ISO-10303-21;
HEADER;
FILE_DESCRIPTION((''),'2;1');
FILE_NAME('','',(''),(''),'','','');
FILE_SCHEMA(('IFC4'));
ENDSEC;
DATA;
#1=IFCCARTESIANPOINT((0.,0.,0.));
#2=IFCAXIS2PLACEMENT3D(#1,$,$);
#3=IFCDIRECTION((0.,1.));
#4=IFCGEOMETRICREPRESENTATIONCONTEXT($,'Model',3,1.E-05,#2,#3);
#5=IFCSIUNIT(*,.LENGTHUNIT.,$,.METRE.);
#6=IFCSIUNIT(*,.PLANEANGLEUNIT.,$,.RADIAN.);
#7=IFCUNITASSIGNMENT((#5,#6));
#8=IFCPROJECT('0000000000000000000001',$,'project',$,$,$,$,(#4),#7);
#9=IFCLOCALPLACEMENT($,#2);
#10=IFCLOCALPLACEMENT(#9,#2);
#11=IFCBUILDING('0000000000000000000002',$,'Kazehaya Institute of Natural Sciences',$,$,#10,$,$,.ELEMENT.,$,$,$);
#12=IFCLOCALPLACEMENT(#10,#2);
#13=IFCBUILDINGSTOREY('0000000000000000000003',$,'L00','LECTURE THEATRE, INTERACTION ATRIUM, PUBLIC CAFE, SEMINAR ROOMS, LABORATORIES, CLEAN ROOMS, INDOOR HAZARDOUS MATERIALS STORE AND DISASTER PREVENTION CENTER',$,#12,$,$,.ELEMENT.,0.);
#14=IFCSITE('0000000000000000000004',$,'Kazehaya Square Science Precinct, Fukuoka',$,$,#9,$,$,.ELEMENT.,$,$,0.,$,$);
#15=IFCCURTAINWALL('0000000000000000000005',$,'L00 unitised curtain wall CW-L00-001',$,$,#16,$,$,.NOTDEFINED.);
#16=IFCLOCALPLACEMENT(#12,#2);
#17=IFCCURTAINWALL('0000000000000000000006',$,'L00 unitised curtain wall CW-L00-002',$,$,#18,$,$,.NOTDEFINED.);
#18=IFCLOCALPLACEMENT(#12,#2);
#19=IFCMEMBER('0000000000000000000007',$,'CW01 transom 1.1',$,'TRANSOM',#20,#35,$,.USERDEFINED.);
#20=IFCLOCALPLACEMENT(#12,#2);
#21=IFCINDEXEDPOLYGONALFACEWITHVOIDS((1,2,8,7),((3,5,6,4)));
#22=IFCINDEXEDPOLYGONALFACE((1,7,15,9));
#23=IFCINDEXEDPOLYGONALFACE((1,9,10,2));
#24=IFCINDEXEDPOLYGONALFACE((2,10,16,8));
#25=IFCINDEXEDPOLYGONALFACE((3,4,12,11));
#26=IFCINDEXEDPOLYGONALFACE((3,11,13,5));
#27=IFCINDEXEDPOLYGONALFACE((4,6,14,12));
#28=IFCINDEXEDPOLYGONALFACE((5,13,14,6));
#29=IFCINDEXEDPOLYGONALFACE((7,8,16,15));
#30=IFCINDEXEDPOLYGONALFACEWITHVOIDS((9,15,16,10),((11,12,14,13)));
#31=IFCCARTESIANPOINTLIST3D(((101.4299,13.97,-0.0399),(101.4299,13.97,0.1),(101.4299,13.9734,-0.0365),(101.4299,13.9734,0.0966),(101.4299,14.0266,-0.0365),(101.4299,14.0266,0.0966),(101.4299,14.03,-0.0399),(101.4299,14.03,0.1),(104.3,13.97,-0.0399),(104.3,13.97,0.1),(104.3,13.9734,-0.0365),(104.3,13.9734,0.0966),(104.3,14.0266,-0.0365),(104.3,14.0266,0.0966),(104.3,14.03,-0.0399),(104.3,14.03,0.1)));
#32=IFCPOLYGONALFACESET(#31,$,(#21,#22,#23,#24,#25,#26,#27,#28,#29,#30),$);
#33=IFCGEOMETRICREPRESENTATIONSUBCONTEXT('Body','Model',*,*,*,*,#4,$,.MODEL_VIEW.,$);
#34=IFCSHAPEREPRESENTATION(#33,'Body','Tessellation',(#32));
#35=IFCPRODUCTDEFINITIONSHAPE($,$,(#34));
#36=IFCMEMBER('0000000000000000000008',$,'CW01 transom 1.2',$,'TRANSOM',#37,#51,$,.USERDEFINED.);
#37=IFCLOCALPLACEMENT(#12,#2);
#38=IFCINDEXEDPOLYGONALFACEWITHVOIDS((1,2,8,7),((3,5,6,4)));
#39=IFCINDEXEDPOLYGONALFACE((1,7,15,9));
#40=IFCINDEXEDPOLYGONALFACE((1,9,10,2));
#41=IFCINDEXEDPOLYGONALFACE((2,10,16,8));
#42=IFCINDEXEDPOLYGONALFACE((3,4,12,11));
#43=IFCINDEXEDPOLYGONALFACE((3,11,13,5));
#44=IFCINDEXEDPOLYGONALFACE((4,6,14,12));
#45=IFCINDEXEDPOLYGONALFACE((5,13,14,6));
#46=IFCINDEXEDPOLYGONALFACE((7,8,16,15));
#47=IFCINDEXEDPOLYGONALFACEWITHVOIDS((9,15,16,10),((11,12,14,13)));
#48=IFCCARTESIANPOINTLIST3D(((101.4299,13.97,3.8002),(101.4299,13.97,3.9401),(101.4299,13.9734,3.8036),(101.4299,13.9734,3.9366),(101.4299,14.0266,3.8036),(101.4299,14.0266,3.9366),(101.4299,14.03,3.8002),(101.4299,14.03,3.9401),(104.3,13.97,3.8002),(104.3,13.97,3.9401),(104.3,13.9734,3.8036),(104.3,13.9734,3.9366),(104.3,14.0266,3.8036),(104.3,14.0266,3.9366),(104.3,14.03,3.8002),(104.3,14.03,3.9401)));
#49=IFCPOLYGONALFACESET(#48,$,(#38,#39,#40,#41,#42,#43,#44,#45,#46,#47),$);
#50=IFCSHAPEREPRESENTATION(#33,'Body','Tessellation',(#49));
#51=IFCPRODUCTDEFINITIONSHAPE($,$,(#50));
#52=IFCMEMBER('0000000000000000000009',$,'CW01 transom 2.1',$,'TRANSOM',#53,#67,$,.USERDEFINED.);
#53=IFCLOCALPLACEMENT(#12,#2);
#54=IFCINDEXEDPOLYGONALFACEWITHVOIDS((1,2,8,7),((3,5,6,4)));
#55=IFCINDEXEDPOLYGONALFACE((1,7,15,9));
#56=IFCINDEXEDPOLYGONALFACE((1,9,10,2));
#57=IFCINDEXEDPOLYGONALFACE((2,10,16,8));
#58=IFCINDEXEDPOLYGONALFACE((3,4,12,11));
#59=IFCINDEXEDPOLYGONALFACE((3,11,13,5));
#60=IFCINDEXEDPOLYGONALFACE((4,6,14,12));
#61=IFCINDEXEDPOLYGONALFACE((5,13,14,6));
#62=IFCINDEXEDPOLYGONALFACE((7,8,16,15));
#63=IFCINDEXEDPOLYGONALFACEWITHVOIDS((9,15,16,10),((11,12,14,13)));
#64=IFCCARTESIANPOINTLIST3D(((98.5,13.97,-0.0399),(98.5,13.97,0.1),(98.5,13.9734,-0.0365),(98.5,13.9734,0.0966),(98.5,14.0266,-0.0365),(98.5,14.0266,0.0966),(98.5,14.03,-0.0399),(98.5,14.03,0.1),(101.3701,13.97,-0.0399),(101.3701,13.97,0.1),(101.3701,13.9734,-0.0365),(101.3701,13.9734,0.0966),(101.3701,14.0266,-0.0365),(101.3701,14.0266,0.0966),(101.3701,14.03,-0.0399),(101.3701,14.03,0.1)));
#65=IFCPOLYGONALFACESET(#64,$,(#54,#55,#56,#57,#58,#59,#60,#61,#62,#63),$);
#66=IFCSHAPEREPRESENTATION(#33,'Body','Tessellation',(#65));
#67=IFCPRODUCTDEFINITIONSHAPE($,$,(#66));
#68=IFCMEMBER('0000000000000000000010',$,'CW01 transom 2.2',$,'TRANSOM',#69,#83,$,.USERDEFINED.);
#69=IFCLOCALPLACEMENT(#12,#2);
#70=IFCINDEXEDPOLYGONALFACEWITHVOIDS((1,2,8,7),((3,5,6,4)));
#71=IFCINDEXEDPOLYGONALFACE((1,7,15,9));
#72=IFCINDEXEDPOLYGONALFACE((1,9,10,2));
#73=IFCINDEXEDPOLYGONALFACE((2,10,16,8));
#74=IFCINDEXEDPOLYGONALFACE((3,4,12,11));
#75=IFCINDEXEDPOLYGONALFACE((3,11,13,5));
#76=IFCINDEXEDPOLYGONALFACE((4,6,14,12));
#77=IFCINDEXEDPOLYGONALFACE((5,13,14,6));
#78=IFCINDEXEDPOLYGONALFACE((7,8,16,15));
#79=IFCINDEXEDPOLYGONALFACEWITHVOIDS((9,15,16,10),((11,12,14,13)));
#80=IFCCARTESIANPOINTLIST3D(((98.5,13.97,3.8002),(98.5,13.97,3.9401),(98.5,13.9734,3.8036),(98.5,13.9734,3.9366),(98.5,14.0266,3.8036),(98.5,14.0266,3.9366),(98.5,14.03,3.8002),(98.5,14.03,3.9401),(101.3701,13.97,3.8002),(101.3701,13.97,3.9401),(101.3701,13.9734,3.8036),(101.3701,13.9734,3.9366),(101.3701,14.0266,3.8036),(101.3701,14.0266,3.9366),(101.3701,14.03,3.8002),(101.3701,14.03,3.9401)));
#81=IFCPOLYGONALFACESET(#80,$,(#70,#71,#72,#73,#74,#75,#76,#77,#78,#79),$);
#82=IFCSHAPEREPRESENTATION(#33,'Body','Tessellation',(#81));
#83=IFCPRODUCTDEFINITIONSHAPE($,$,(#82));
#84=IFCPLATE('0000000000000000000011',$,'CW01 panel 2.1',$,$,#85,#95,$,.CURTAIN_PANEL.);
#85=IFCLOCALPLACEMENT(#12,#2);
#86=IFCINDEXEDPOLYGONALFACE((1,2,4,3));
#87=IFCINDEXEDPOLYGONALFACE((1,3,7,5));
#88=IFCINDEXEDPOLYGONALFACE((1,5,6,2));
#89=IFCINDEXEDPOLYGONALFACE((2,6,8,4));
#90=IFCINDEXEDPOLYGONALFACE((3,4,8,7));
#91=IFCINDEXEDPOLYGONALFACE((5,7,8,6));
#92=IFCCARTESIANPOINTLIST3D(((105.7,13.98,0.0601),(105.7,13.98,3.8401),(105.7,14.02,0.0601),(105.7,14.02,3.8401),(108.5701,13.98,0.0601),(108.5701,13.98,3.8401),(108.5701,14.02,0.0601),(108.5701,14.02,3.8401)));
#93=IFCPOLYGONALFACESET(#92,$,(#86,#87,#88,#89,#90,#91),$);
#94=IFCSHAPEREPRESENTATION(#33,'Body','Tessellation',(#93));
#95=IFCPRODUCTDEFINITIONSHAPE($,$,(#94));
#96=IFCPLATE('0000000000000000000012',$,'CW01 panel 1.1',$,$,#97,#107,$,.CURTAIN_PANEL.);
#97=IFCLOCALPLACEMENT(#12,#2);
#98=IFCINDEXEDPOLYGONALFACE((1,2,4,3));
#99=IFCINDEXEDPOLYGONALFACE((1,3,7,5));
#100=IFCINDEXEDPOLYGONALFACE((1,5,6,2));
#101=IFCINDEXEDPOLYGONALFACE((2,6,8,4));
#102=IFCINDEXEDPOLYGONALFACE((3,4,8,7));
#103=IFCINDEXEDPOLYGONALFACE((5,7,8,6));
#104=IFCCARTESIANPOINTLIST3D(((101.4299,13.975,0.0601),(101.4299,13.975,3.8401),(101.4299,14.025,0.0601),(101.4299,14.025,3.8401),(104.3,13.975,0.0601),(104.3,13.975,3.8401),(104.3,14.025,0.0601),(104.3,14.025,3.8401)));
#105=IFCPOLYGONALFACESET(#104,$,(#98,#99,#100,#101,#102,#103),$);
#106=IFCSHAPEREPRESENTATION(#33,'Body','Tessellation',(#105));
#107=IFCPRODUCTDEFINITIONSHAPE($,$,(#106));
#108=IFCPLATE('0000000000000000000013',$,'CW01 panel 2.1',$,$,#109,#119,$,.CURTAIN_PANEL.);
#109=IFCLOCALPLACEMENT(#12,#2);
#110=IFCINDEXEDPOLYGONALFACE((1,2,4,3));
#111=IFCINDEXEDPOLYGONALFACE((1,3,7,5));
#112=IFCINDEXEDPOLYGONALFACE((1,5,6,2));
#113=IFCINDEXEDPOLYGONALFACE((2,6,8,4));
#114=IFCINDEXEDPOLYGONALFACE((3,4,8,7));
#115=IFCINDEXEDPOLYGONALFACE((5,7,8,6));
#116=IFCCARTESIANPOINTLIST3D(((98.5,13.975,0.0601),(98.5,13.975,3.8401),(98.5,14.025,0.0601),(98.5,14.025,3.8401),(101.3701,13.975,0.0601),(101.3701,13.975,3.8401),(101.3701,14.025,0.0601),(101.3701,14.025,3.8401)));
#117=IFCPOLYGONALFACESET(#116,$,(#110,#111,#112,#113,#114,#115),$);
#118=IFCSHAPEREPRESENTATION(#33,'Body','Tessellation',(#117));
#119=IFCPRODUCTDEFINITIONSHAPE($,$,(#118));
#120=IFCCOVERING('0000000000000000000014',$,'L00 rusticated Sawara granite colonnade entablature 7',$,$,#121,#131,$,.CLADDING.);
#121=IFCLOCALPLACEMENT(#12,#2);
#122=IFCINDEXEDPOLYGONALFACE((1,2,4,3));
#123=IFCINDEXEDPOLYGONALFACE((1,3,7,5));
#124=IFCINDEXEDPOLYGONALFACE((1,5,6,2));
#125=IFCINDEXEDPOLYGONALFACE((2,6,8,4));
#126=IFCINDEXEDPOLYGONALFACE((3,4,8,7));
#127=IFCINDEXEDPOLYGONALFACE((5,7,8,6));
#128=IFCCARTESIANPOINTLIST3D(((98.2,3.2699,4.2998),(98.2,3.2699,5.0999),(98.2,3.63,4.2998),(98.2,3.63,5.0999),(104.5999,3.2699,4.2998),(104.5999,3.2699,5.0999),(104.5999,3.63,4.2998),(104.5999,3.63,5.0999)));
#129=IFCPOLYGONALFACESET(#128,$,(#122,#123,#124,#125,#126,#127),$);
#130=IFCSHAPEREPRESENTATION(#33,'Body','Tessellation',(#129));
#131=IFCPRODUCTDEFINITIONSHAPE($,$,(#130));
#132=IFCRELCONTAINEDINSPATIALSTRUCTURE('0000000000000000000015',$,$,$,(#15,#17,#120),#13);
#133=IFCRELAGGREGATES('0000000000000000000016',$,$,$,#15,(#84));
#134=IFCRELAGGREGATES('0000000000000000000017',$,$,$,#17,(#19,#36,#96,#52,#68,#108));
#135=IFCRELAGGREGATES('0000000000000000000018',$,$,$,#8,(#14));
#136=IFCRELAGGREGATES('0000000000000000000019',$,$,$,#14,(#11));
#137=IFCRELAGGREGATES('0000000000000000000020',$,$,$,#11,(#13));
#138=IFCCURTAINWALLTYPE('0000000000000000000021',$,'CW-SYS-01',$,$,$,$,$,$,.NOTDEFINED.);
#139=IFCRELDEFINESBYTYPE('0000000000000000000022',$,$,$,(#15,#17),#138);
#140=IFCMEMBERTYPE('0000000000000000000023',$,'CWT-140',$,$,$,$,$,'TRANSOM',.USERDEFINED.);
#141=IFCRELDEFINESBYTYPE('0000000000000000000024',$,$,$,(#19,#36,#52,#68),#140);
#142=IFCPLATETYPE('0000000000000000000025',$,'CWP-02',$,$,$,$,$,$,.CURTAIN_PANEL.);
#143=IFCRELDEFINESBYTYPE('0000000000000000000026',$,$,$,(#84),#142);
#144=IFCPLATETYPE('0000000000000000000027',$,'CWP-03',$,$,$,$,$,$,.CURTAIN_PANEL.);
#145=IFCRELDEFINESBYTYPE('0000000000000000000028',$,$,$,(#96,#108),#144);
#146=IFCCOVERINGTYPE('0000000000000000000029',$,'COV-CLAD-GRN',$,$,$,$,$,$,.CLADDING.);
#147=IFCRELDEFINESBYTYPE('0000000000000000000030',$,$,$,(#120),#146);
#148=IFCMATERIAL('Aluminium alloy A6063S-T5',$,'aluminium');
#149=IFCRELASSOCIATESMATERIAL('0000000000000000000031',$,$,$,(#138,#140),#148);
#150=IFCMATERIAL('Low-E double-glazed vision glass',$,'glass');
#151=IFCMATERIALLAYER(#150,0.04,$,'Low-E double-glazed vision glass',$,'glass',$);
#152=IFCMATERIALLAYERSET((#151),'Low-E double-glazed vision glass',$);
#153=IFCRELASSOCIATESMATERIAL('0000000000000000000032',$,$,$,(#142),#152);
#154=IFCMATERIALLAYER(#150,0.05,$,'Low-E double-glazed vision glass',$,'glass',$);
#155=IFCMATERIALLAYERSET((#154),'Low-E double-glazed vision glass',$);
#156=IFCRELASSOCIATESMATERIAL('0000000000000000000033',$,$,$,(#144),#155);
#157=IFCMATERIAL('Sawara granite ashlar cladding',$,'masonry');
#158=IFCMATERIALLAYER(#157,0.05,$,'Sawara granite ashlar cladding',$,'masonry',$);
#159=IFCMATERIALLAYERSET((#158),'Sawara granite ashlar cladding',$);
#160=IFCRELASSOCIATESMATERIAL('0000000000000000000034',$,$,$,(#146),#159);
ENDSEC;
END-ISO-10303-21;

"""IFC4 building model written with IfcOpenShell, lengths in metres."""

from ifc_helpers import new_model, si_unit, direction, frame, origin, origin_2d, place, context, subcontext, project, spatial, rectangle, hollow_rectangle, extrude, material, layer, layer_set, material_profile, profile_set, type_object, element, aggregate, save


model = new_model("IFC4")

# Units and contexts
model_context = context("Model", 3, precision=1e-05, world=origin(), true_north=direction((0.0, 1.0)))
body_context = subcontext(model_context, "Body", "Model", "MODEL_VIEW")
ifc_project = project(units=[si_unit("LENGTHUNIT", "METRE"), si_unit("PLANEANGLEUNIT", "RADIAN")], contexts=[model_context])

# Site, building, storey
site_placement = place(None, origin())
site = spatial("IfcSite", under=ifc_project, at=site_placement, Name="Kazehaya Square Science Precinct, Fukuoka", CompositionType="ELEMENT", RefElevation=0.0)
building_placement = place(site_placement, origin())
building = spatial("IfcBuilding", under=site, at=building_placement, Name="Kazehaya Institute of Natural Sciences", CompositionType="ELEMENT")
storey_placement = place(building_placement, origin())
storey = spatial("IfcBuildingStorey", under=building, at=storey_placement, Name="L00", Description="LECTURE THEATRE, INTERACTION ATRIUM, PUBLIC CAFE, SEMINAR ROOMS, LABORATORIES, CLEAN ROOMS, INDOOR HAZARDOUS MATERIALS STORE AND DISASTER PREVENTION CENTER", CompositionType="ELEMENT", Elevation=0.0)

# Curtain wall
ifc_material_1 = material(Name="Aluminium alloy A6063S-T5", Category="aluminium")
curtain_wall_type = type_object("IfcCurtainWallType", Name="CW-SYS-01", PredefinedType="NOTDEFINED", material=ifc_material_1)
curtain_wall_1_placement = place(storey_placement, origin())
curtain_wall_1 = element("IfcCurtainWall", 1, at=curtain_wall_1_placement, inside=storey, type_object=curtain_wall_type, Name="L00 unitised curtain wall CW-L00-001", PredefinedType="NOTDEFINED")

# Curtain wall
curtain_wall_2_placement = place(storey_placement, origin())
curtain_wall_2 = element("IfcCurtainWall", 2, at=curtain_wall_2_placement, inside=storey, type_object=curtain_wall_type, Name="L00 unitised curtain wall CW-L00-002", PredefinedType="NOTDEFINED")

# Members
ifc_material_profile_1 = material_profile(ifc_material_1, hollow_rectangle(XDim=0.0601, YDim=0.1399, WallThickness=0.0034, at=origin_2d()), Name="ALU-60x140x3.5")
ifc_profile_set_1 = profile_set([ifc_material_profile_1], Name="Aluminium alloy A6063S-T5")
member_type_1 = type_object("IfcMemberType", Name="CWT-140", ElementType="TRANSOM", PredefinedType="USERDEFINED", material=ifc_profile_set_1)
member_1_placement = place(storey_placement, frame((104.3, 14.0, 0.03), z_axis=(-1.0, 0.0, 0.0), x_axis=(0.0, -1.0, 0.0)))
member_1 = element("IfcMember", 3, at=member_1_placement, type_object=member_type_1, Name="CW01 transom 1.1", ObjectType="TRANSOM", PredefinedType="USERDEFINED", context=body_context, shape_type="SweptSolid", body=[
    extrude(hollow_rectangle(XDim=0.0601, YDim=0.1399, WallThickness=0.0034, at=origin_2d()), origin(), (0.0, 0.0, 1.0), 2.8701),
])
member_2_placement = place(storey_placement, frame((104.3, 14.0, 3.8701), z_axis=(-1.0, 0.0, 0.0), x_axis=(0.0, -1.0, 0.0)))
member_2 = element("IfcMember", 4, at=member_2_placement, type_object=member_type_1, Name="CW01 transom 1.2", ObjectType="TRANSOM", PredefinedType="USERDEFINED", context=body_context, shape_type="SweptSolid", body=[
    extrude(hollow_rectangle(XDim=0.0601, YDim=0.1399, WallThickness=0.0034, at=origin_2d()), origin(), (0.0, 0.0, 1.0), 2.8701),
])
member_3_placement = place(storey_placement, frame((101.3701, 14.0, 0.03), z_axis=(-1.0, 0.0, 0.0), x_axis=(0.0, -1.0, 0.0)))
member_3 = element("IfcMember", 5, at=member_3_placement, type_object=member_type_1, Name="CW01 transom 2.1", ObjectType="TRANSOM", PredefinedType="USERDEFINED", context=body_context, shape_type="SweptSolid", body=[
    extrude(hollow_rectangle(XDim=0.0601, YDim=0.1399, WallThickness=0.0034, at=origin_2d()), origin(), (0.0, 0.0, 1.0), 2.8701),
])
member_4_placement = place(storey_placement, frame((101.3701, 14.0, 3.8701), z_axis=(-1.0, 0.0, 0.0), x_axis=(0.0, -1.0, 0.0)))
member_4 = element("IfcMember", 6, at=member_4_placement, type_object=member_type_1, Name="CW01 transom 2.2", ObjectType="TRANSOM", PredefinedType="USERDEFINED", context=body_context, shape_type="SweptSolid", body=[
    extrude(hollow_rectangle(XDim=0.0601, YDim=0.1399, WallThickness=0.0034, at=origin_2d()), origin(), (0.0, 0.0, 1.0), 2.8701),
])

# Plates
ifc_material_2 = material(Name="Low-E double-glazed vision glass", Category="glass")
ifc_layer_1 = layer(ifc_material_2, 0.04, Name="Low-E double-glazed vision glass", Category="glass")
ifc_layer_set_1 = layer_set([ifc_layer_1], Name="Low-E double-glazed vision glass")
plate_type_1 = type_object("IfcPlateType", Name="CWP-02", PredefinedType="CURTAIN_PANEL", material=ifc_layer_set_1)
plate_1_placement = place(storey_placement, frame((107.135, 14.0, 0.0601), z_axis=(0.0, 0.0, 1.0), x_axis=(-1.0, 0.0, 0.0)))
plate_1 = element("IfcPlate", 7, at=plate_1_placement, type_object=plate_type_1, Name="CW01 panel 2.1", PredefinedType="CURTAIN_PANEL", context=body_context, shape_type="SweptSolid", body=[
    extrude(rectangle(XDim=2.8701, YDim=0.04, at=origin_2d()), origin(), (0.0, 0.0, 1.0), 3.78),
])
aggregate(curtain_wall_1, [plate_1])
ifc_layer_2 = layer(ifc_material_2, 0.05, Name="Low-E double-glazed vision glass", Category="glass")
ifc_layer_set_2 = layer_set([ifc_layer_2], Name="Low-E double-glazed vision glass")
plate_type_2 = type_object("IfcPlateType", Name="CWP-03", PredefinedType="CURTAIN_PANEL", material=ifc_layer_set_2)
plate_2_placement = place(storey_placement, frame((102.865, 14.0, 0.0601), z_axis=(0.0, 0.0, 1.0), x_axis=(-1.0, 0.0, 0.0)))
plate_2 = element("IfcPlate", 8, at=plate_2_placement, type_object=plate_type_2, Name="CW01 panel 1.1", PredefinedType="CURTAIN_PANEL", context=body_context, shape_type="SweptSolid", body=[
    extrude(rectangle(XDim=2.8701, YDim=0.05, at=origin_2d()), origin(), (0.0, 0.0, 1.0), 3.78),
])
plate_3_placement = place(storey_placement, frame((99.9351, 14.0, 0.0601), z_axis=(0.0, 0.0, 1.0), x_axis=(-1.0, 0.0, 0.0)))
plate_3 = element("IfcPlate", 9, at=plate_3_placement, type_object=plate_type_2, Name="CW01 panel 2.1", PredefinedType="CURTAIN_PANEL", context=body_context, shape_type="SweptSolid", body=[
    extrude(rectangle(XDim=2.8701, YDim=0.05, at=origin_2d()), origin(), (0.0, 0.0, 1.0), 3.78),
])
aggregate(curtain_wall_2, [member_1, member_2, plate_2, member_3, member_4, plate_3])

# Covering
ifc_material_3 = material(Name="Sawara granite ashlar cladding", Category="masonry")
ifc_layer_3 = layer(ifc_material_3, 0.05, Name="Sawara granite ashlar cladding", Category="masonry")
ifc_layer_set_3 = layer_set([ifc_layer_3], Name="Sawara granite ashlar cladding")
covering_type = type_object("IfcCoveringType", Name="COV-CLAD-GRN", PredefinedType="CLADDING", material=ifc_layer_set_3)
covering_placement = place(storey_placement, frame((101.3999, 3.45, 4.2998), z_axis=(0.0, 0.0, 1.0), x_axis=(1.0, 0.0, 0.0)))
element("IfcCovering", 10, at=covering_placement, inside=storey, type_object=covering_type, Name="L00 rusticated Sawara granite colonnade entablature 7", PredefinedType="CLADDING", context=body_context, shape_type="SweptSolid", body=[
    extrude(rectangle(XDim=6.3999, YDim=0.3601, at=origin_2d()), origin(), (0.0, 0.0, 1.0), 0.8),
])

save(model, "model.ifc")
